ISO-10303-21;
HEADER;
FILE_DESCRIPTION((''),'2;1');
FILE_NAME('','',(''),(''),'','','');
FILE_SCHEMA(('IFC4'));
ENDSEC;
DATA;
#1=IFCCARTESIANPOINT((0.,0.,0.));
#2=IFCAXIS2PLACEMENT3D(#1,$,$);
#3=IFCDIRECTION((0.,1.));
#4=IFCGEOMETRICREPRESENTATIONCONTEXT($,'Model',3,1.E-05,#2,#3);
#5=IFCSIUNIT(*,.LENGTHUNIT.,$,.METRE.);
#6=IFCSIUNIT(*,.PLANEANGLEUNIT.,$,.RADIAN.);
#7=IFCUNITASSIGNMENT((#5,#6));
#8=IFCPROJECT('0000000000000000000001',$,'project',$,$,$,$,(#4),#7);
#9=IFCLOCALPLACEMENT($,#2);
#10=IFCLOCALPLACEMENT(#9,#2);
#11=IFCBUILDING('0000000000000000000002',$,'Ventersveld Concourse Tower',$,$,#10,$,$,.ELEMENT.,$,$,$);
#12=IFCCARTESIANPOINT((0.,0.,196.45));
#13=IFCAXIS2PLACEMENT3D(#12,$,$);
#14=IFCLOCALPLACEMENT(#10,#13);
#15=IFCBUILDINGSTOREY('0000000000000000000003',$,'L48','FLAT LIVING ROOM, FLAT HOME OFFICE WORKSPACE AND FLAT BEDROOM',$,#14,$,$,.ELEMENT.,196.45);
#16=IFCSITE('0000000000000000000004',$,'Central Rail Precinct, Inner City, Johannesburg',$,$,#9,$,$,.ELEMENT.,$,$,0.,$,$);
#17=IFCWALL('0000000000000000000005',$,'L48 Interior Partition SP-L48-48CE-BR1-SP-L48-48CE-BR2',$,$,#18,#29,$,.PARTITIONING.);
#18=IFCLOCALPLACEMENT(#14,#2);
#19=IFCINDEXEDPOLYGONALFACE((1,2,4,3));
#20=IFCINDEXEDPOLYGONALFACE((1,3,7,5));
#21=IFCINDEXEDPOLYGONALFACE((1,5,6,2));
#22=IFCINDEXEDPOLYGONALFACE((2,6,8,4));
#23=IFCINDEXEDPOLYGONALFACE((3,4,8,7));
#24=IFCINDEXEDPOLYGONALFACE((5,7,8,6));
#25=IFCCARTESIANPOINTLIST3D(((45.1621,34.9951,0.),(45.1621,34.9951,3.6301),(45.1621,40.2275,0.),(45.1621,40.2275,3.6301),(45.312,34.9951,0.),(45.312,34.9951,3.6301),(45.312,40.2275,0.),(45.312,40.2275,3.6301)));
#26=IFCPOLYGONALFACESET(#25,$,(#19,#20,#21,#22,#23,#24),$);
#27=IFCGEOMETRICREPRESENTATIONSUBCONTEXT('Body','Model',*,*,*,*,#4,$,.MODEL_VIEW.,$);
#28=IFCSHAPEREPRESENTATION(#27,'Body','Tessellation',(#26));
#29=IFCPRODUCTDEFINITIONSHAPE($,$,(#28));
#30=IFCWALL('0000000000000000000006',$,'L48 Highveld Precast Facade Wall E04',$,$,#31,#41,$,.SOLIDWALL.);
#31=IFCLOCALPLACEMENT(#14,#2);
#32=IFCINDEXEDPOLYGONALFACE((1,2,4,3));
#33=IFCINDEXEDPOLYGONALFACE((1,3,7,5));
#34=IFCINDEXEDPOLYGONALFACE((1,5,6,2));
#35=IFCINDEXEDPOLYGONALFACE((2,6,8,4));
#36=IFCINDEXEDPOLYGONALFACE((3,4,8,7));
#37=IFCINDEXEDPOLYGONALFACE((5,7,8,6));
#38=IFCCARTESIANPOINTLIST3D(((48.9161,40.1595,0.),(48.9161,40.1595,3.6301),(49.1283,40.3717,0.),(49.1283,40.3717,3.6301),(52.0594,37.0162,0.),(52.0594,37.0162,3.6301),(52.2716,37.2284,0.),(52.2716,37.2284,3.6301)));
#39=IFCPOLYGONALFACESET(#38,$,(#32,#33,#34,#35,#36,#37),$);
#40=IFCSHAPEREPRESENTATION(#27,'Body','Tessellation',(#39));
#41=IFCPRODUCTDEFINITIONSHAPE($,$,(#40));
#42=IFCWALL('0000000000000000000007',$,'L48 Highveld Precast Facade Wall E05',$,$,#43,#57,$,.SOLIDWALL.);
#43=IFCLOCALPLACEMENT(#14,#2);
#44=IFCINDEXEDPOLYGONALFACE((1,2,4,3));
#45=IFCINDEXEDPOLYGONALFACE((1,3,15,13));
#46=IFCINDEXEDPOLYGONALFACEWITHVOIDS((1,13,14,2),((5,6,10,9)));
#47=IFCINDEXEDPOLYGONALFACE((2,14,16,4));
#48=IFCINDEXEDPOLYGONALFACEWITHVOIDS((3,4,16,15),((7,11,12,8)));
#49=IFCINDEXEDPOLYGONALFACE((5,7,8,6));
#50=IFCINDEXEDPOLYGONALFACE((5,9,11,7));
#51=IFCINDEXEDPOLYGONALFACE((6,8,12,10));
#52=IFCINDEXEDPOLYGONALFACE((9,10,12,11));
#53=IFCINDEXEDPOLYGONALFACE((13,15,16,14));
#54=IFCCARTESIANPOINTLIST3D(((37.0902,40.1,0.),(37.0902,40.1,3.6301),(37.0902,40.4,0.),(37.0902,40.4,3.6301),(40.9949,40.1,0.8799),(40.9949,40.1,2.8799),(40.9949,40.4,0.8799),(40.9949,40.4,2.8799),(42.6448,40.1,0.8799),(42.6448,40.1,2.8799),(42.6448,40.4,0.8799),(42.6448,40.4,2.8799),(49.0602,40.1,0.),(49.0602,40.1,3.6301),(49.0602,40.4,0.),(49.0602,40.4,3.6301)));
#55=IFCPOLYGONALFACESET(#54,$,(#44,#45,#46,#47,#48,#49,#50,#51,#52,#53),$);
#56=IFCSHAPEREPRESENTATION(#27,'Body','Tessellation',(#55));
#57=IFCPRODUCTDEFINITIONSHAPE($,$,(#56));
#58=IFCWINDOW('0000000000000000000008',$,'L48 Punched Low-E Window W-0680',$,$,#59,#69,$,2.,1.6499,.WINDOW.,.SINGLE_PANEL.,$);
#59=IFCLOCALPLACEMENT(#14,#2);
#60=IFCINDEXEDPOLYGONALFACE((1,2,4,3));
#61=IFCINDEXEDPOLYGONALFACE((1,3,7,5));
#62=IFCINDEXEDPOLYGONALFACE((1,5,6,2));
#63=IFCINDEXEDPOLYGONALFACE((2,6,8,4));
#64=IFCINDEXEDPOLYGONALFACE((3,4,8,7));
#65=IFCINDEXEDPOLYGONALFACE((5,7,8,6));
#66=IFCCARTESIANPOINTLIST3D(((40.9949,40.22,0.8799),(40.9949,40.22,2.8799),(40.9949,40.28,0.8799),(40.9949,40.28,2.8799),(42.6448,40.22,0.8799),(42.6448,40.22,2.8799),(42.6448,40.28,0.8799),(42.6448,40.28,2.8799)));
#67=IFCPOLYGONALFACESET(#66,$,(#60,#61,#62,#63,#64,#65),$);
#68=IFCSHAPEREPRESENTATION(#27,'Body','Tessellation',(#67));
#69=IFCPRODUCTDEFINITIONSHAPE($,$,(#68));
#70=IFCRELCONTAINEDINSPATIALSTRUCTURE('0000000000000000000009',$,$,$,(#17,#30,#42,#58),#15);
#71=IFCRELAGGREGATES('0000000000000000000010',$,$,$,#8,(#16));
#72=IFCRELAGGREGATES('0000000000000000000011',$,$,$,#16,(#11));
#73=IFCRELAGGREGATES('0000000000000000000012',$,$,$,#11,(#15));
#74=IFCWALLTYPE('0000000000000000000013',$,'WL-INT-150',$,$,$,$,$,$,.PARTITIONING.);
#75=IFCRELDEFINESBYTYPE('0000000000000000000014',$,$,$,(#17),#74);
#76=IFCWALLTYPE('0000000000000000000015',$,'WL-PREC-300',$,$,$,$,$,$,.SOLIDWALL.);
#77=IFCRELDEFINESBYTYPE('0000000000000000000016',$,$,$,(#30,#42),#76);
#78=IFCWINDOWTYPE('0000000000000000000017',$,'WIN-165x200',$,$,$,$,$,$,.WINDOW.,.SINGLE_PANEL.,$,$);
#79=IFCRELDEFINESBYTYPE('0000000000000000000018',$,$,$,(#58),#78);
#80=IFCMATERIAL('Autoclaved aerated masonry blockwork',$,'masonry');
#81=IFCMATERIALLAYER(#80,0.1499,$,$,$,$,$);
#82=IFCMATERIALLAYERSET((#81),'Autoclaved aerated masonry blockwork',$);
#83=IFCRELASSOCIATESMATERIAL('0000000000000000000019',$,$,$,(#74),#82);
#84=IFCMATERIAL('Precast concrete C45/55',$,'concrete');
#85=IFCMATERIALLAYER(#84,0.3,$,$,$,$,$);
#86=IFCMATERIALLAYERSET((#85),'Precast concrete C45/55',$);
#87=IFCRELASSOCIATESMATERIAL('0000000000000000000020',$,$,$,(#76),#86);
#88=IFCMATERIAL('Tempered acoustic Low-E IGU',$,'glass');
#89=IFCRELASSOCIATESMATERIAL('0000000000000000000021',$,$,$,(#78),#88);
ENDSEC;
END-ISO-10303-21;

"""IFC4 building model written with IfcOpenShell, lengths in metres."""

from ifc_helpers import new_model, si_unit, direction, frame, frame_2d, origin, place, context, subcontext, project, spatial, rectangle, extrude, material, layer, layer_set, type_object, element, fill, save


model = new_model("IFC4")

# Units and contexts
model_context = context("Model", 3, precision=1e-05, world=origin(), true_north=direction((0.0, 1.0)))
body_context = subcontext(model_context, "Body", "Model", "MODEL_VIEW")
ifc_project = project(units=[si_unit("LENGTHUNIT", "METRE"), si_unit("PLANEANGLEUNIT", "RADIAN")], contexts=[model_context])

# Site, building, storey
site_placement = place(None, origin())
site = spatial("IfcSite", under=ifc_project, at=site_placement, Name="Central Rail Precinct, Inner City, Johannesburg", CompositionType="ELEMENT", RefElevation=0.0)
building_placement = place(site_placement, origin())
building = spatial("IfcBuilding", under=site, at=building_placement, Name="Ventersveld Concourse Tower", CompositionType="ELEMENT")
storey_placement = place(building_placement, frame((0.0, 0.0, 196.45)))
storey = spatial("IfcBuildingStorey", under=building, at=storey_placement, Name="L48", Description="FLAT LIVING ROOM, FLAT HOME OFFICE WORKSPACE AND FLAT BEDROOM", CompositionType="ELEMENT", Elevation=196.45)

# Shared definitions
ifc_material_1 = material(Name="Precast concrete C45/55", Category="concrete")

# Shared definitions
ifc_material_2 = material(Name="Autoclaved aerated masonry blockwork", Category="masonry")
ifc_layer_1 = layer(ifc_material_2, 0.1499)
ifc_layer_set_1 = layer_set([ifc_layer_1], Name="Autoclaved aerated masonry blockwork")
wall_type_1 = type_object("IfcWallType", Name="WL-INT-150", PredefinedType="PARTITIONING", material=ifc_layer_set_1)

# Walls
wall_1_placement = place(storey_placement, frame((45.2371, 34.9951, 0.0), z_axis=(0.0, 0.0, 1.0), x_axis=(0.0, 1.0, 0.0)))
element("IfcWall", 1, at=wall_1_placement, inside=storey, type_object=wall_type_1, Name="L48 Interior Partition SP-L48-48CE-BR1-SP-L48-48CE-BR2", PredefinedType="PARTITIONING", context=body_context, shape_type="SweptSolid", body=[
    extrude(rectangle(XDim=5.2324, YDim=0.1499, at=frame_2d((2.6162, 0.0))), origin(), (0.0, 0.0, 1.0), 3.6301),
])
ifc_layer_2 = layer(ifc_material_1, 0.3)
ifc_layer_set_2 = layer_set([ifc_layer_2], Name="Precast concrete C45/55")
wall_type_2 = type_object("IfcWallType", Name="WL-PREC-300", PredefinedType="SOLIDWALL", material=ifc_layer_set_2)
wall_2_placement = place(storey_placement, frame((52.1655, 37.1223, 0.0), z_axis=(0.0, 0.0, 1.0), x_axis=(-0.707107, 0.707107, 0.0)))
element("IfcWall", 2, at=wall_2_placement, inside=storey, type_object=wall_type_2, Name="L48 Highveld Precast Facade Wall E04", PredefinedType="SOLIDWALL", context=body_context, shape_type="SweptSolid", body=[
    extrude(rectangle(XDim=4.4453, YDim=0.3, at=frame_2d((2.2227, 0.0))), origin(), (0.0, 0.0, 1.0), 3.6301),
])

# Wall, opening, window
wall_3_placement = place(storey_placement, frame((49.0601, 40.25, 0.0), z_axis=(0.0, 0.0, 1.0), x_axis=(-1.0, 0.0, 0.0)))
wall_3 = element("IfcWall", 3, at=wall_3_placement, inside=storey, type_object=wall_type_2, Name="L48 Highveld Precast Facade Wall E05", PredefinedType="SOLIDWALL", context=body_context, shape_type="SweptSolid", body=[
    extrude(rectangle(XDim=11.97, YDim=0.3, at=frame_2d((5.9849, 0.0))), origin(), (0.0, 0.0, 1.0), 3.6301),
])
opening_1_placement = place(wall_3_placement, frame((6.4153, 0.0, 0.8799)))
opening_1 = element("IfcOpeningElement", 4, at=opening_1_placement, cuts=wall_3, PredefinedType="OPENING", context=body_context, shape_type="SweptSolid", body=[
    extrude(rectangle(XDim=1.6499, YDim=2.0, at=frame_2d((0.825, 1.0))), frame((0.0, 0.1602, 0.0), z_axis=(0.0, -1.0, 0.0), x_axis=(1.0, 0.0, 0.0)), (0.0, 0.0, 1.0), 0.3201),
])
ifc_material_3 = material(Name="Tempered acoustic Low-E IGU", Category="glass")
window_type = type_object("IfcWindowType", Name="WIN-165x200", PartitioningType="SINGLE_PANEL", PredefinedType="WINDOW", material=ifc_material_3)
window_placement = place(opening_1_placement, origin())
window = element("IfcWindow", 5, at=window_placement, inside=storey, type_object=window_type, Name="L48 Punched Low-E Window W-0680", OverallHeight=2.0, OverallWidth=1.6499, PartitioningType="SINGLE_PANEL", PredefinedType="WINDOW", context=body_context, shape_type="SweptSolid", body=[
    extrude(rectangle(XDim=1.6499, YDim=2.0, at=frame_2d((0.825, 1.0))), frame((0.0, 0.03, 0.0), z_axis=(0.0, -1.0, 0.0), x_axis=(1.0, 0.0, 0.0)), (0.0, 0.0, 1.0), 0.0601),
])
fill(opening_1, window)

save(model, "model.ifc")
